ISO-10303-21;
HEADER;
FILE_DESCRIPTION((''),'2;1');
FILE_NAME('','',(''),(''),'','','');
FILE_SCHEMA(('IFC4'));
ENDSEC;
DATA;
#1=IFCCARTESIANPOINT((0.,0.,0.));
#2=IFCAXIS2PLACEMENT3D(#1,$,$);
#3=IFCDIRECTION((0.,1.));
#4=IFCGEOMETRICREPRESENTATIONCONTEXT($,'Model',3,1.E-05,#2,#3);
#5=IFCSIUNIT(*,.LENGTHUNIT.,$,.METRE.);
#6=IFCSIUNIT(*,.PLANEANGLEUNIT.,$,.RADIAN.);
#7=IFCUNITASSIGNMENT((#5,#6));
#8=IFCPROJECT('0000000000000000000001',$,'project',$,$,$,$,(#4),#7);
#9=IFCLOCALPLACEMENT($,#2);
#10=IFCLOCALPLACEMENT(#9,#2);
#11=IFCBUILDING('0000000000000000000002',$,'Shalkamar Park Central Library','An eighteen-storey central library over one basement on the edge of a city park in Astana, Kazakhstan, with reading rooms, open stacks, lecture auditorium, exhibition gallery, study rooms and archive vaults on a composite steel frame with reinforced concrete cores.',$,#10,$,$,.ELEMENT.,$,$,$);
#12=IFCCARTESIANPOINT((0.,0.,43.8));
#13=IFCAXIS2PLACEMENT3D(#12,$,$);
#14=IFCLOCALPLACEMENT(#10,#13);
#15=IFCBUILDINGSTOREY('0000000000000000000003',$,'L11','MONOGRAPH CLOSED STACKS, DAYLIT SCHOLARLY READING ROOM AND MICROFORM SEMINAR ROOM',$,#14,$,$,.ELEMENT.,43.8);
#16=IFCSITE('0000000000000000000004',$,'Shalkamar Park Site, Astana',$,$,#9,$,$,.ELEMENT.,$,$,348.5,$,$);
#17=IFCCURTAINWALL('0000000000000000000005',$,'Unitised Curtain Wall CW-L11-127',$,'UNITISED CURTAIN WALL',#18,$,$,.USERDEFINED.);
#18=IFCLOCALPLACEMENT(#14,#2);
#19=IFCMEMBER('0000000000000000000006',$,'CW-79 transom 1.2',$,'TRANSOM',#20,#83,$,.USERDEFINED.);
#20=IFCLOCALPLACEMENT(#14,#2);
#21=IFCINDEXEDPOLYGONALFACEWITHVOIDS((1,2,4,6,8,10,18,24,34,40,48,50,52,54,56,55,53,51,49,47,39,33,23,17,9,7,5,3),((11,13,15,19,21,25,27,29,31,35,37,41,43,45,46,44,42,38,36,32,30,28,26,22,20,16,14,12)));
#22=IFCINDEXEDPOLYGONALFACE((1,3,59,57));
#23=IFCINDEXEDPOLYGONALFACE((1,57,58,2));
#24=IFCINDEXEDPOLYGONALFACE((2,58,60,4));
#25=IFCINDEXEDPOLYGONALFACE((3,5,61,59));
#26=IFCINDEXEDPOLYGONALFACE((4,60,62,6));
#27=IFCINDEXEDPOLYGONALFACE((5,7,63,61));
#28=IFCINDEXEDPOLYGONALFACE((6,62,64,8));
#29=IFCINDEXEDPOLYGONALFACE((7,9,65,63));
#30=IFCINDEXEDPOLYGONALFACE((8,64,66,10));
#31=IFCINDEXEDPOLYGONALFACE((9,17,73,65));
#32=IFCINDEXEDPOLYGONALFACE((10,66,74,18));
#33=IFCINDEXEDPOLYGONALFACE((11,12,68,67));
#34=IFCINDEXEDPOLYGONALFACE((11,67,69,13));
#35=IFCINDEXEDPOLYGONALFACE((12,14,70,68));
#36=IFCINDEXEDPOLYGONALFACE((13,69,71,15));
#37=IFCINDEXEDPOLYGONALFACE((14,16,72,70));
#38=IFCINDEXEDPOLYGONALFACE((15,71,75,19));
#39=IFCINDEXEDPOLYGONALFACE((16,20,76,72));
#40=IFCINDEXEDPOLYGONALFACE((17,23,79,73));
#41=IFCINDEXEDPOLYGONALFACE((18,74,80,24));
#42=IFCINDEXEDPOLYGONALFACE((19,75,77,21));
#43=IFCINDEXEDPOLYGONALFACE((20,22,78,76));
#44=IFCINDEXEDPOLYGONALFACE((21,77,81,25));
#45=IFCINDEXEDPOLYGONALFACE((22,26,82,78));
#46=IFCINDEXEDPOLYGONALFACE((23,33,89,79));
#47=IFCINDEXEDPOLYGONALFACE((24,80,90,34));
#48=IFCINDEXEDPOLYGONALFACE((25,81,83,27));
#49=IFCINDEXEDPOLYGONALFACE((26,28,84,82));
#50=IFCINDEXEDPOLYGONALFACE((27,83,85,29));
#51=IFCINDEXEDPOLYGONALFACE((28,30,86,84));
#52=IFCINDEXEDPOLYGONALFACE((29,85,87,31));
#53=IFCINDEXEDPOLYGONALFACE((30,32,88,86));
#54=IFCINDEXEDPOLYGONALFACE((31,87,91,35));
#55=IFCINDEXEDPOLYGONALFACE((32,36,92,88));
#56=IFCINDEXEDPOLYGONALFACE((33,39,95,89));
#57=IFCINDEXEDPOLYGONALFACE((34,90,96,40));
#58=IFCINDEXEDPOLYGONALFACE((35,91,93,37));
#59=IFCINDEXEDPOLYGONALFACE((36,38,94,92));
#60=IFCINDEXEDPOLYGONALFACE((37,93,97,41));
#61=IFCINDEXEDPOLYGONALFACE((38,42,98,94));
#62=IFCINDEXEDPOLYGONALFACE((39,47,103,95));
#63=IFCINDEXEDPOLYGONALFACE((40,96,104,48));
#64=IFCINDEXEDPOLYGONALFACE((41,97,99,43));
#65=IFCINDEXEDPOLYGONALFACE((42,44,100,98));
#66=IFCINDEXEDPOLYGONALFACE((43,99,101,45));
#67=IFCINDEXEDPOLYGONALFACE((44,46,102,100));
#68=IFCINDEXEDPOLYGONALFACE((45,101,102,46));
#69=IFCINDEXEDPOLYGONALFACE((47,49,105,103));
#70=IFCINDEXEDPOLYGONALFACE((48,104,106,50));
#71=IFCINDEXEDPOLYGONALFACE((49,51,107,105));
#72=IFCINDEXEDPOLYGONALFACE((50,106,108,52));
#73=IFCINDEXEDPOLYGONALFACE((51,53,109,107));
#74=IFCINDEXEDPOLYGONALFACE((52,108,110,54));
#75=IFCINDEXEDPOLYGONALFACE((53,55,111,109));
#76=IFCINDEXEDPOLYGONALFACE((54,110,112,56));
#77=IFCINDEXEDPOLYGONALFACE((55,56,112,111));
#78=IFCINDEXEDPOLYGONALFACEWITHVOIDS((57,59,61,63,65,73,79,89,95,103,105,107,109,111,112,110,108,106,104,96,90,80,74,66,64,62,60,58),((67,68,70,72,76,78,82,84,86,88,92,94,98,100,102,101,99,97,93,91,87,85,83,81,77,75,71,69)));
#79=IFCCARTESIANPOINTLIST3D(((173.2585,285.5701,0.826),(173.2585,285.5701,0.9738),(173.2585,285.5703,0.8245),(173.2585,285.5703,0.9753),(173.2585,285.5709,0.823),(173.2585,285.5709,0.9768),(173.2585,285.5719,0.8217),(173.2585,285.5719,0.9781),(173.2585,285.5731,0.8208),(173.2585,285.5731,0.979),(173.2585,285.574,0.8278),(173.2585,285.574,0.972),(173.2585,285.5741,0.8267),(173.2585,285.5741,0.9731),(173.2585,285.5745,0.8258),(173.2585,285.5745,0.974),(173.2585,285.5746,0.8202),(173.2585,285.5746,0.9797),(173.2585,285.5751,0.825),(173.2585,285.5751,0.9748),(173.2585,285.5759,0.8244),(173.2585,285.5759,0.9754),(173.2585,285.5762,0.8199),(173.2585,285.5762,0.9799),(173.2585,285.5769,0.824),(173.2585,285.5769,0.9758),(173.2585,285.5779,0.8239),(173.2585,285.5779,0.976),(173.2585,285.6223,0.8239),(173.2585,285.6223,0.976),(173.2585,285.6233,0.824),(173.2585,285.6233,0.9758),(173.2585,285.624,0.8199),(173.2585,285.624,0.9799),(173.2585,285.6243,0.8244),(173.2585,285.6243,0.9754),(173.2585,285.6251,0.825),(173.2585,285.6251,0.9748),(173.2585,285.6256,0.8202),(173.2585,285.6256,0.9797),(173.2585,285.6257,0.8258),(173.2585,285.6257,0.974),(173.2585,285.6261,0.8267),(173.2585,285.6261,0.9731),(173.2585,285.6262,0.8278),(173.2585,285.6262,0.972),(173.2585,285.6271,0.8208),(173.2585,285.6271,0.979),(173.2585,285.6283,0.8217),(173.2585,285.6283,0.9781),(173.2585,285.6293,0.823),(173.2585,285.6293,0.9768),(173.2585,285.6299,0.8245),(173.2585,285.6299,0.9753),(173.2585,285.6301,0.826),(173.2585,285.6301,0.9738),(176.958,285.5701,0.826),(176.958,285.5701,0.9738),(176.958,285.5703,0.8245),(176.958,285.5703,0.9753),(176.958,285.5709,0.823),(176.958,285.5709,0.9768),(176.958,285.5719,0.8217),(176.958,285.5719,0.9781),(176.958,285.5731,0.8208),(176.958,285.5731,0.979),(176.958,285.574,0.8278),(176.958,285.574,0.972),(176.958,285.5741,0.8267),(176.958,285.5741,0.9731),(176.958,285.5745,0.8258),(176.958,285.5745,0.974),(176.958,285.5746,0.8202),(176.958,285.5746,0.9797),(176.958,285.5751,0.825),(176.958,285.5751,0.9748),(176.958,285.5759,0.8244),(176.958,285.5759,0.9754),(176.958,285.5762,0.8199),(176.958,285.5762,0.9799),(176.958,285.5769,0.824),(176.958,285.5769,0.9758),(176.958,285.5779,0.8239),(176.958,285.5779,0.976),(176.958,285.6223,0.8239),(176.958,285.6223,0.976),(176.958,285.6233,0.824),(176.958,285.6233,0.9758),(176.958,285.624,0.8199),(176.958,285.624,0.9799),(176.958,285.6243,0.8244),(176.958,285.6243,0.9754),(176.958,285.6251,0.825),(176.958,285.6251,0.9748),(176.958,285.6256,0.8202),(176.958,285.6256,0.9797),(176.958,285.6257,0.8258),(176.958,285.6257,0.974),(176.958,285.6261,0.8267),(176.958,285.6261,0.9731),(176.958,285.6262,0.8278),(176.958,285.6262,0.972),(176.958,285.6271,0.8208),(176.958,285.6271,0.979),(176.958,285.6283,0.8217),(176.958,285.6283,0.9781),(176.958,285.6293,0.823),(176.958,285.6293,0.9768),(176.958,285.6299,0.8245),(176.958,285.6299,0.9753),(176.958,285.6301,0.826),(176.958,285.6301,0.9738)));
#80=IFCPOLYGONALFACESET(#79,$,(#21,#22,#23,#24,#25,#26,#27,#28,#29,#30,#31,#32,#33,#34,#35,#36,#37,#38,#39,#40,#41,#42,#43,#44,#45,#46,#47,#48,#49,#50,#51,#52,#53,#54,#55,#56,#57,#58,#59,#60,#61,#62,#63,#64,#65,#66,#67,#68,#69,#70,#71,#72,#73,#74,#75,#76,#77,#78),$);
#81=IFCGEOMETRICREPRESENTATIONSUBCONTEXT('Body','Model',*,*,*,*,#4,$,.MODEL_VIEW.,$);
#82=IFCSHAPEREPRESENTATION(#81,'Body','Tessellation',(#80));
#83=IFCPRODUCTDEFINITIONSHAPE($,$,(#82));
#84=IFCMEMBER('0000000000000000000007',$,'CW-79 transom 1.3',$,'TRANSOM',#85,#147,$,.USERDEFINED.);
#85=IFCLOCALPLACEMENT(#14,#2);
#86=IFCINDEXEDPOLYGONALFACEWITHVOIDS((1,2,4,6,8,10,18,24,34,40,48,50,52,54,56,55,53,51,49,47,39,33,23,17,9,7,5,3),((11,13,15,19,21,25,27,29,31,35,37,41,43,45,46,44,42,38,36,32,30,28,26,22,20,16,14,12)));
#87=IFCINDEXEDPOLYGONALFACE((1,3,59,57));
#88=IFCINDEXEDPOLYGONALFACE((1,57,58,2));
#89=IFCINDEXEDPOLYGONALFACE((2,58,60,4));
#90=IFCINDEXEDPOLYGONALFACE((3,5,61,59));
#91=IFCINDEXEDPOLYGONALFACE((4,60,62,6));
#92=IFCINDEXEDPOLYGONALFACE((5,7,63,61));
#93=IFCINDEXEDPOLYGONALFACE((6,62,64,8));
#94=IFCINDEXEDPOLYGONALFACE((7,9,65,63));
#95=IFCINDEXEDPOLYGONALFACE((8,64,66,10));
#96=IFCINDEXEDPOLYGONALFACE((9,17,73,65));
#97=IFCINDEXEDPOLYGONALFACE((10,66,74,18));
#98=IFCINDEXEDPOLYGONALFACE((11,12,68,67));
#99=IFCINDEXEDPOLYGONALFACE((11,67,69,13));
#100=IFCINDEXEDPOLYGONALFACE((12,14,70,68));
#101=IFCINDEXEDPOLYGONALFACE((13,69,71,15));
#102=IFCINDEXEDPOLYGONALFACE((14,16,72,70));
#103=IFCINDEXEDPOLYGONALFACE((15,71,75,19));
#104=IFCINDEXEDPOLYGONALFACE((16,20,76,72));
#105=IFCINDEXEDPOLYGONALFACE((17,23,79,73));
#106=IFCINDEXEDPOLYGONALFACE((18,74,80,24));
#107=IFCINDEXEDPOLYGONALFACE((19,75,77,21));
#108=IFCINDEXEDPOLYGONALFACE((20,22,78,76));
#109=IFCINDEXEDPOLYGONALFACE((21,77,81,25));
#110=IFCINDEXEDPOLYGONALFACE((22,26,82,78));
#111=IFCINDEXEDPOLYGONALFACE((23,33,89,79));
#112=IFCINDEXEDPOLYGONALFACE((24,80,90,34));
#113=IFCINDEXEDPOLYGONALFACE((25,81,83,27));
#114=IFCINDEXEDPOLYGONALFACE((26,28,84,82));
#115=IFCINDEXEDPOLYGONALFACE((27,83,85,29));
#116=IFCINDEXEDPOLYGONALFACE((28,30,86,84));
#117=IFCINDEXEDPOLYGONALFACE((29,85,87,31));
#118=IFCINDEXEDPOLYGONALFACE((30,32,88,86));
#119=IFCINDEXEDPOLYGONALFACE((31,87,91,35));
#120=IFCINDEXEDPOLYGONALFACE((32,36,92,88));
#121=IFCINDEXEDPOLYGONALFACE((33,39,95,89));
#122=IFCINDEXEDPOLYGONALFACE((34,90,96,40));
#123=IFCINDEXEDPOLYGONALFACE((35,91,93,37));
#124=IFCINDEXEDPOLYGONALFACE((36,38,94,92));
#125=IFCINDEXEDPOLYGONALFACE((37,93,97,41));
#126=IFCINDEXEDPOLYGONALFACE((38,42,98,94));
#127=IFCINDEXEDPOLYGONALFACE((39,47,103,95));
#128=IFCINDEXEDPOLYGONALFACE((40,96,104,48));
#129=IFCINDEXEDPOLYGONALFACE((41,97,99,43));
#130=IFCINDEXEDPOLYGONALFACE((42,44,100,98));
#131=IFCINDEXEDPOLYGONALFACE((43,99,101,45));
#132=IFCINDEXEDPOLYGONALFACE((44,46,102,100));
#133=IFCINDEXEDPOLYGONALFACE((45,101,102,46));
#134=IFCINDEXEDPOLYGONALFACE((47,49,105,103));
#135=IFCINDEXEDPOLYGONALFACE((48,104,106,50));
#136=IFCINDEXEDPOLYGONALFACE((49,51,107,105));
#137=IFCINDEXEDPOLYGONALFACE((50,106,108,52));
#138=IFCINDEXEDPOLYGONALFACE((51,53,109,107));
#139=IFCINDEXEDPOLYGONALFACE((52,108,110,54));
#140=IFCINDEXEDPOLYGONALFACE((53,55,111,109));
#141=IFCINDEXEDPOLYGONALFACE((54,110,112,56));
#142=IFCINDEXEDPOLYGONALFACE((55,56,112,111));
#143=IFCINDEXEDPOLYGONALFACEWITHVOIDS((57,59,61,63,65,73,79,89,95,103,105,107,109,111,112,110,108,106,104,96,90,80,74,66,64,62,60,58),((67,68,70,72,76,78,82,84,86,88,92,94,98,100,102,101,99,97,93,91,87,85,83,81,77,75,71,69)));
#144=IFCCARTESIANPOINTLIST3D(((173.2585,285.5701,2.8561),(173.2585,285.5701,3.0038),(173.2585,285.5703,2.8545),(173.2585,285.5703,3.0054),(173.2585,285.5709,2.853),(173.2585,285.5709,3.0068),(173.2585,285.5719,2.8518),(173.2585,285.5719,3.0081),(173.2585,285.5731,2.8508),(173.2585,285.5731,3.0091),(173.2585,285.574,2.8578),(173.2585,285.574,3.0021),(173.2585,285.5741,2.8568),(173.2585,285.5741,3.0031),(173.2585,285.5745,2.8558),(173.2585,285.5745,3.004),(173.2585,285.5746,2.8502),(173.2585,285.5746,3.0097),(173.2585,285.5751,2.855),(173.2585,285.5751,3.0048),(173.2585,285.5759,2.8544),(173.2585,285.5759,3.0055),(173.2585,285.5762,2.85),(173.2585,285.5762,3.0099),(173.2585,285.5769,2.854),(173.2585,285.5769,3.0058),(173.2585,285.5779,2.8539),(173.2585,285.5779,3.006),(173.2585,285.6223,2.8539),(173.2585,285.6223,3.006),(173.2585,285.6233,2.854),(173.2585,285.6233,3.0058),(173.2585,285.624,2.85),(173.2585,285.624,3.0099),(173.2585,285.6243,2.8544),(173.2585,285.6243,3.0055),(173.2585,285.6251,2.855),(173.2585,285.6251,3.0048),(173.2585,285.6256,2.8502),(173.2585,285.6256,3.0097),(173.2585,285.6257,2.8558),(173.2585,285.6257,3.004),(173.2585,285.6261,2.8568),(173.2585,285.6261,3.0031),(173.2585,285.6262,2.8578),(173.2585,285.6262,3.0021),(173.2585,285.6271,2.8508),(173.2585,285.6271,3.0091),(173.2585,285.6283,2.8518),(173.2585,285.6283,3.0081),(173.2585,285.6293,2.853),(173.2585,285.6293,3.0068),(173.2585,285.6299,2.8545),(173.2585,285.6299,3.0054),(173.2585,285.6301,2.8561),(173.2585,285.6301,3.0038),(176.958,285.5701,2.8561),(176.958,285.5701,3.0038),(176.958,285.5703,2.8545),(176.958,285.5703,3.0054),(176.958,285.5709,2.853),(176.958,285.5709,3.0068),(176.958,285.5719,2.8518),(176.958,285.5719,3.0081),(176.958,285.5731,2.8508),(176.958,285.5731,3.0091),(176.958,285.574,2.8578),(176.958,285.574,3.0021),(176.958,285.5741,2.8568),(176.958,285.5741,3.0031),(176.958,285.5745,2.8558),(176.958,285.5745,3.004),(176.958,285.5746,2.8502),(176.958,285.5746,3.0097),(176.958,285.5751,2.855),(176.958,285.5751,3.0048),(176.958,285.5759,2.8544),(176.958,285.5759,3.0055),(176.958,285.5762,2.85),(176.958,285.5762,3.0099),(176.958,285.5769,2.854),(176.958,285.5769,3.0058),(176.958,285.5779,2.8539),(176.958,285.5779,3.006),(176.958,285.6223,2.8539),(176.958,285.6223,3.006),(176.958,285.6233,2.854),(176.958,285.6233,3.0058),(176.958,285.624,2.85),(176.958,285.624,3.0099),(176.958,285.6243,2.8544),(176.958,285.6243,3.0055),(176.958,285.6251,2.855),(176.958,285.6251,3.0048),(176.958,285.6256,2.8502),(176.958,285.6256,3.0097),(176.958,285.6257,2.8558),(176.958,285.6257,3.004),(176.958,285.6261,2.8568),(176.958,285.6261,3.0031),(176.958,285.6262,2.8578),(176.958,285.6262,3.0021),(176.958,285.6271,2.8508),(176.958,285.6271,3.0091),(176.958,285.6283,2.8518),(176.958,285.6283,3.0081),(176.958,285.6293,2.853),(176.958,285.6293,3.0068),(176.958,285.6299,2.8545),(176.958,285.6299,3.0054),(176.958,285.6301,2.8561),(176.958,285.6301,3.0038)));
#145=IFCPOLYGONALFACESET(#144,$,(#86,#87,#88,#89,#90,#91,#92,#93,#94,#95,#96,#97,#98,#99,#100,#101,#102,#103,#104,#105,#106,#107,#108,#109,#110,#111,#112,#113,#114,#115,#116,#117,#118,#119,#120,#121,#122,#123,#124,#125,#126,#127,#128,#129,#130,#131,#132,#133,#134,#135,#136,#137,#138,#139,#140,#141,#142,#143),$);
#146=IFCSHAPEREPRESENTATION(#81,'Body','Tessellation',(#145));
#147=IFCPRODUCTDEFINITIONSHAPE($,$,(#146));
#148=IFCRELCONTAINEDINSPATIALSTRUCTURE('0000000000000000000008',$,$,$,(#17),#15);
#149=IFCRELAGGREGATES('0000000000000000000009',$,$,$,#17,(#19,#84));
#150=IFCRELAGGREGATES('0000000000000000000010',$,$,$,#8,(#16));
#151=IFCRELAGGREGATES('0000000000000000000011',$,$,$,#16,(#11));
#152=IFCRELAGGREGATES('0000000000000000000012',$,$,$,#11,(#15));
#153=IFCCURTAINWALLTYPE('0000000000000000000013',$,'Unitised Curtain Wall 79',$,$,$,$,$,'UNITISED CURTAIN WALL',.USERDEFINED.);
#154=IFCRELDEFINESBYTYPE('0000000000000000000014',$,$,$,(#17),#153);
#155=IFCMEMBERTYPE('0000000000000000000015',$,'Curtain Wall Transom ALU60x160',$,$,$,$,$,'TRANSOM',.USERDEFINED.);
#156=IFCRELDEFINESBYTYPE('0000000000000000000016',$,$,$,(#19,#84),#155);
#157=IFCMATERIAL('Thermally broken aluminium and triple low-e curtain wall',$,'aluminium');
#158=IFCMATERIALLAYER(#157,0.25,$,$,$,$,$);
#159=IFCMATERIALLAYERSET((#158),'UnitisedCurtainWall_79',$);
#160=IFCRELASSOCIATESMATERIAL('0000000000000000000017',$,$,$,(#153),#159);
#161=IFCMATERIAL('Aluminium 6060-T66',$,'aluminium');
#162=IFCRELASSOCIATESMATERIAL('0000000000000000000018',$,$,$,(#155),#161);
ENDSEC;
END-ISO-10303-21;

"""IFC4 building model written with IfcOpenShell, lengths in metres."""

from ifc_helpers import new_model, si_unit, direction, frame, origin, origin_2d, place, context, subcontext, project, spatial, hollow_rectangle, extrude, material, layer, layer_set, material_profile, profile_set, type_object, element, aggregate, save


model = new_model("IFC4")

# Units and contexts
model_context = context("Model", 3, precision=1e-05, world=origin(), true_north=direction((0.0, 1.0)))
body_context = subcontext(model_context, "Body", "Model", "MODEL_VIEW")
ifc_project = project(units=[si_unit("LENGTHUNIT", "METRE"), si_unit("PLANEANGLEUNIT", "RADIAN")], contexts=[model_context])

# Site, building, storey
site_placement = place(None, origin())
site = spatial("IfcSite", under=ifc_project, at=site_placement, Name="Shalkamar Park Site, Astana", CompositionType="ELEMENT", RefElevation=348.5)
building_placement = place(site_placement, origin())
building = spatial("IfcBuilding", under=site, at=building_placement, Name="Shalkamar Park Central Library", Description="An eighteen-storey central library over one basement on the edge of a city park in Astana, Kazakhstan, with reading rooms, open stacks, lecture auditorium, exhibition gallery, study rooms and archive vaults on a composite steel frame with reinforced concrete cores.", CompositionType="ELEMENT")
storey_placement = place(building_placement, frame((0.0, 0.0, 43.8)))
storey = spatial("IfcBuildingStorey", under=building, at=storey_placement, Name="L11", Description="MONOGRAPH CLOSED STACKS, DAYLIT SCHOLARLY READING ROOM AND MICROFORM SEMINAR ROOM", CompositionType="ELEMENT", Elevation=43.8)

# Curtain wall
ifc_material_1 = material(Name="Thermally broken aluminium and triple low-e curtain wall", Category="aluminium")
ifc_layer_1 = layer(ifc_material_1, 0.25)
ifc_layer_set_1 = layer_set([ifc_layer_1], Name="UnitisedCurtainWall_79")
curtain_wall_type_1 = type_object("IfcCurtainWallType", Name="Unitised Curtain Wall 79", ElementType="UNITISED CURTAIN WALL", PredefinedType="USERDEFINED", material=ifc_layer_set_1)
curtain_wall_1_placement = place(storey_placement, origin())
curtain_wall_1 = element("IfcCurtainWall", 1, at=curtain_wall_1_placement, inside=storey, type_object=curtain_wall_type_1, Name="Unitised Curtain Wall CW-L11-127", ObjectType="UNITISED CURTAIN WALL", PredefinedType="USERDEFINED")
ifc_material_2 = material(Name="Aluminium 6060-T66", Category="aluminium")

# Members
ifc_material_profile_1 = material_profile(ifc_material_2, hollow_rectangle(XDim=0.0601, YDim=0.1599, WallThickness=0.0039, InnerFilletRadius=0.0039, OuterFilletRadius=0.0061, at=origin_2d()), Name="ALU 60x160x4")
ifc_profile_set_1 = profile_set([ifc_material_profile_1], Name="Aluminium 6060-T66")
member_type_1 = type_object("IfcMemberType", Name="Curtain Wall Transom ALU60x160", ElementType="TRANSOM", PredefinedType="USERDEFINED", material=ifc_profile_set_1)
member_1_placement = place(storey_placement, frame((173.2585, 285.6001, 0.8999), z_axis=(1.0, 0.0, 0.0), x_axis=(0.0, 1.0, 0.0)))
member_1 = element("IfcMember", 2, at=member_1_placement, type_object=member_type_1, Name="CW-79 transom 1.2", ObjectType="TRANSOM", PredefinedType="USERDEFINED", context=body_context, shape_type="SweptSolid", body=[
    extrude(hollow_rectangle(XDim=0.0601, YDim=0.1599, WallThickness=0.0039, InnerFilletRadius=0.0039, OuterFilletRadius=0.0061, at=origin_2d()), origin(), (0.0, 0.0, 1.0), 3.6995),
])
member_2_placement = place(storey_placement, frame((173.2585, 285.6001, 2.9299), z_axis=(1.0, 0.0, 0.0), x_axis=(0.0, 1.0, 0.0)))
member_2 = element("IfcMember", 3, at=member_2_placement, type_object=member_type_1, Name="CW-79 transom 1.3", ObjectType="TRANSOM", PredefinedType="USERDEFINED", context=body_context, shape_type="SweptSolid", body=[
    extrude(hollow_rectangle(XDim=0.0601, YDim=0.1599, WallThickness=0.0039, InnerFilletRadius=0.0039, OuterFilletRadius=0.0061, at=origin_2d()), origin(), (0.0, 0.0, 1.0), 3.6995),
])
aggregate(curtain_wall_1, [member_1, member_2])

save(model, "model.ifc")
